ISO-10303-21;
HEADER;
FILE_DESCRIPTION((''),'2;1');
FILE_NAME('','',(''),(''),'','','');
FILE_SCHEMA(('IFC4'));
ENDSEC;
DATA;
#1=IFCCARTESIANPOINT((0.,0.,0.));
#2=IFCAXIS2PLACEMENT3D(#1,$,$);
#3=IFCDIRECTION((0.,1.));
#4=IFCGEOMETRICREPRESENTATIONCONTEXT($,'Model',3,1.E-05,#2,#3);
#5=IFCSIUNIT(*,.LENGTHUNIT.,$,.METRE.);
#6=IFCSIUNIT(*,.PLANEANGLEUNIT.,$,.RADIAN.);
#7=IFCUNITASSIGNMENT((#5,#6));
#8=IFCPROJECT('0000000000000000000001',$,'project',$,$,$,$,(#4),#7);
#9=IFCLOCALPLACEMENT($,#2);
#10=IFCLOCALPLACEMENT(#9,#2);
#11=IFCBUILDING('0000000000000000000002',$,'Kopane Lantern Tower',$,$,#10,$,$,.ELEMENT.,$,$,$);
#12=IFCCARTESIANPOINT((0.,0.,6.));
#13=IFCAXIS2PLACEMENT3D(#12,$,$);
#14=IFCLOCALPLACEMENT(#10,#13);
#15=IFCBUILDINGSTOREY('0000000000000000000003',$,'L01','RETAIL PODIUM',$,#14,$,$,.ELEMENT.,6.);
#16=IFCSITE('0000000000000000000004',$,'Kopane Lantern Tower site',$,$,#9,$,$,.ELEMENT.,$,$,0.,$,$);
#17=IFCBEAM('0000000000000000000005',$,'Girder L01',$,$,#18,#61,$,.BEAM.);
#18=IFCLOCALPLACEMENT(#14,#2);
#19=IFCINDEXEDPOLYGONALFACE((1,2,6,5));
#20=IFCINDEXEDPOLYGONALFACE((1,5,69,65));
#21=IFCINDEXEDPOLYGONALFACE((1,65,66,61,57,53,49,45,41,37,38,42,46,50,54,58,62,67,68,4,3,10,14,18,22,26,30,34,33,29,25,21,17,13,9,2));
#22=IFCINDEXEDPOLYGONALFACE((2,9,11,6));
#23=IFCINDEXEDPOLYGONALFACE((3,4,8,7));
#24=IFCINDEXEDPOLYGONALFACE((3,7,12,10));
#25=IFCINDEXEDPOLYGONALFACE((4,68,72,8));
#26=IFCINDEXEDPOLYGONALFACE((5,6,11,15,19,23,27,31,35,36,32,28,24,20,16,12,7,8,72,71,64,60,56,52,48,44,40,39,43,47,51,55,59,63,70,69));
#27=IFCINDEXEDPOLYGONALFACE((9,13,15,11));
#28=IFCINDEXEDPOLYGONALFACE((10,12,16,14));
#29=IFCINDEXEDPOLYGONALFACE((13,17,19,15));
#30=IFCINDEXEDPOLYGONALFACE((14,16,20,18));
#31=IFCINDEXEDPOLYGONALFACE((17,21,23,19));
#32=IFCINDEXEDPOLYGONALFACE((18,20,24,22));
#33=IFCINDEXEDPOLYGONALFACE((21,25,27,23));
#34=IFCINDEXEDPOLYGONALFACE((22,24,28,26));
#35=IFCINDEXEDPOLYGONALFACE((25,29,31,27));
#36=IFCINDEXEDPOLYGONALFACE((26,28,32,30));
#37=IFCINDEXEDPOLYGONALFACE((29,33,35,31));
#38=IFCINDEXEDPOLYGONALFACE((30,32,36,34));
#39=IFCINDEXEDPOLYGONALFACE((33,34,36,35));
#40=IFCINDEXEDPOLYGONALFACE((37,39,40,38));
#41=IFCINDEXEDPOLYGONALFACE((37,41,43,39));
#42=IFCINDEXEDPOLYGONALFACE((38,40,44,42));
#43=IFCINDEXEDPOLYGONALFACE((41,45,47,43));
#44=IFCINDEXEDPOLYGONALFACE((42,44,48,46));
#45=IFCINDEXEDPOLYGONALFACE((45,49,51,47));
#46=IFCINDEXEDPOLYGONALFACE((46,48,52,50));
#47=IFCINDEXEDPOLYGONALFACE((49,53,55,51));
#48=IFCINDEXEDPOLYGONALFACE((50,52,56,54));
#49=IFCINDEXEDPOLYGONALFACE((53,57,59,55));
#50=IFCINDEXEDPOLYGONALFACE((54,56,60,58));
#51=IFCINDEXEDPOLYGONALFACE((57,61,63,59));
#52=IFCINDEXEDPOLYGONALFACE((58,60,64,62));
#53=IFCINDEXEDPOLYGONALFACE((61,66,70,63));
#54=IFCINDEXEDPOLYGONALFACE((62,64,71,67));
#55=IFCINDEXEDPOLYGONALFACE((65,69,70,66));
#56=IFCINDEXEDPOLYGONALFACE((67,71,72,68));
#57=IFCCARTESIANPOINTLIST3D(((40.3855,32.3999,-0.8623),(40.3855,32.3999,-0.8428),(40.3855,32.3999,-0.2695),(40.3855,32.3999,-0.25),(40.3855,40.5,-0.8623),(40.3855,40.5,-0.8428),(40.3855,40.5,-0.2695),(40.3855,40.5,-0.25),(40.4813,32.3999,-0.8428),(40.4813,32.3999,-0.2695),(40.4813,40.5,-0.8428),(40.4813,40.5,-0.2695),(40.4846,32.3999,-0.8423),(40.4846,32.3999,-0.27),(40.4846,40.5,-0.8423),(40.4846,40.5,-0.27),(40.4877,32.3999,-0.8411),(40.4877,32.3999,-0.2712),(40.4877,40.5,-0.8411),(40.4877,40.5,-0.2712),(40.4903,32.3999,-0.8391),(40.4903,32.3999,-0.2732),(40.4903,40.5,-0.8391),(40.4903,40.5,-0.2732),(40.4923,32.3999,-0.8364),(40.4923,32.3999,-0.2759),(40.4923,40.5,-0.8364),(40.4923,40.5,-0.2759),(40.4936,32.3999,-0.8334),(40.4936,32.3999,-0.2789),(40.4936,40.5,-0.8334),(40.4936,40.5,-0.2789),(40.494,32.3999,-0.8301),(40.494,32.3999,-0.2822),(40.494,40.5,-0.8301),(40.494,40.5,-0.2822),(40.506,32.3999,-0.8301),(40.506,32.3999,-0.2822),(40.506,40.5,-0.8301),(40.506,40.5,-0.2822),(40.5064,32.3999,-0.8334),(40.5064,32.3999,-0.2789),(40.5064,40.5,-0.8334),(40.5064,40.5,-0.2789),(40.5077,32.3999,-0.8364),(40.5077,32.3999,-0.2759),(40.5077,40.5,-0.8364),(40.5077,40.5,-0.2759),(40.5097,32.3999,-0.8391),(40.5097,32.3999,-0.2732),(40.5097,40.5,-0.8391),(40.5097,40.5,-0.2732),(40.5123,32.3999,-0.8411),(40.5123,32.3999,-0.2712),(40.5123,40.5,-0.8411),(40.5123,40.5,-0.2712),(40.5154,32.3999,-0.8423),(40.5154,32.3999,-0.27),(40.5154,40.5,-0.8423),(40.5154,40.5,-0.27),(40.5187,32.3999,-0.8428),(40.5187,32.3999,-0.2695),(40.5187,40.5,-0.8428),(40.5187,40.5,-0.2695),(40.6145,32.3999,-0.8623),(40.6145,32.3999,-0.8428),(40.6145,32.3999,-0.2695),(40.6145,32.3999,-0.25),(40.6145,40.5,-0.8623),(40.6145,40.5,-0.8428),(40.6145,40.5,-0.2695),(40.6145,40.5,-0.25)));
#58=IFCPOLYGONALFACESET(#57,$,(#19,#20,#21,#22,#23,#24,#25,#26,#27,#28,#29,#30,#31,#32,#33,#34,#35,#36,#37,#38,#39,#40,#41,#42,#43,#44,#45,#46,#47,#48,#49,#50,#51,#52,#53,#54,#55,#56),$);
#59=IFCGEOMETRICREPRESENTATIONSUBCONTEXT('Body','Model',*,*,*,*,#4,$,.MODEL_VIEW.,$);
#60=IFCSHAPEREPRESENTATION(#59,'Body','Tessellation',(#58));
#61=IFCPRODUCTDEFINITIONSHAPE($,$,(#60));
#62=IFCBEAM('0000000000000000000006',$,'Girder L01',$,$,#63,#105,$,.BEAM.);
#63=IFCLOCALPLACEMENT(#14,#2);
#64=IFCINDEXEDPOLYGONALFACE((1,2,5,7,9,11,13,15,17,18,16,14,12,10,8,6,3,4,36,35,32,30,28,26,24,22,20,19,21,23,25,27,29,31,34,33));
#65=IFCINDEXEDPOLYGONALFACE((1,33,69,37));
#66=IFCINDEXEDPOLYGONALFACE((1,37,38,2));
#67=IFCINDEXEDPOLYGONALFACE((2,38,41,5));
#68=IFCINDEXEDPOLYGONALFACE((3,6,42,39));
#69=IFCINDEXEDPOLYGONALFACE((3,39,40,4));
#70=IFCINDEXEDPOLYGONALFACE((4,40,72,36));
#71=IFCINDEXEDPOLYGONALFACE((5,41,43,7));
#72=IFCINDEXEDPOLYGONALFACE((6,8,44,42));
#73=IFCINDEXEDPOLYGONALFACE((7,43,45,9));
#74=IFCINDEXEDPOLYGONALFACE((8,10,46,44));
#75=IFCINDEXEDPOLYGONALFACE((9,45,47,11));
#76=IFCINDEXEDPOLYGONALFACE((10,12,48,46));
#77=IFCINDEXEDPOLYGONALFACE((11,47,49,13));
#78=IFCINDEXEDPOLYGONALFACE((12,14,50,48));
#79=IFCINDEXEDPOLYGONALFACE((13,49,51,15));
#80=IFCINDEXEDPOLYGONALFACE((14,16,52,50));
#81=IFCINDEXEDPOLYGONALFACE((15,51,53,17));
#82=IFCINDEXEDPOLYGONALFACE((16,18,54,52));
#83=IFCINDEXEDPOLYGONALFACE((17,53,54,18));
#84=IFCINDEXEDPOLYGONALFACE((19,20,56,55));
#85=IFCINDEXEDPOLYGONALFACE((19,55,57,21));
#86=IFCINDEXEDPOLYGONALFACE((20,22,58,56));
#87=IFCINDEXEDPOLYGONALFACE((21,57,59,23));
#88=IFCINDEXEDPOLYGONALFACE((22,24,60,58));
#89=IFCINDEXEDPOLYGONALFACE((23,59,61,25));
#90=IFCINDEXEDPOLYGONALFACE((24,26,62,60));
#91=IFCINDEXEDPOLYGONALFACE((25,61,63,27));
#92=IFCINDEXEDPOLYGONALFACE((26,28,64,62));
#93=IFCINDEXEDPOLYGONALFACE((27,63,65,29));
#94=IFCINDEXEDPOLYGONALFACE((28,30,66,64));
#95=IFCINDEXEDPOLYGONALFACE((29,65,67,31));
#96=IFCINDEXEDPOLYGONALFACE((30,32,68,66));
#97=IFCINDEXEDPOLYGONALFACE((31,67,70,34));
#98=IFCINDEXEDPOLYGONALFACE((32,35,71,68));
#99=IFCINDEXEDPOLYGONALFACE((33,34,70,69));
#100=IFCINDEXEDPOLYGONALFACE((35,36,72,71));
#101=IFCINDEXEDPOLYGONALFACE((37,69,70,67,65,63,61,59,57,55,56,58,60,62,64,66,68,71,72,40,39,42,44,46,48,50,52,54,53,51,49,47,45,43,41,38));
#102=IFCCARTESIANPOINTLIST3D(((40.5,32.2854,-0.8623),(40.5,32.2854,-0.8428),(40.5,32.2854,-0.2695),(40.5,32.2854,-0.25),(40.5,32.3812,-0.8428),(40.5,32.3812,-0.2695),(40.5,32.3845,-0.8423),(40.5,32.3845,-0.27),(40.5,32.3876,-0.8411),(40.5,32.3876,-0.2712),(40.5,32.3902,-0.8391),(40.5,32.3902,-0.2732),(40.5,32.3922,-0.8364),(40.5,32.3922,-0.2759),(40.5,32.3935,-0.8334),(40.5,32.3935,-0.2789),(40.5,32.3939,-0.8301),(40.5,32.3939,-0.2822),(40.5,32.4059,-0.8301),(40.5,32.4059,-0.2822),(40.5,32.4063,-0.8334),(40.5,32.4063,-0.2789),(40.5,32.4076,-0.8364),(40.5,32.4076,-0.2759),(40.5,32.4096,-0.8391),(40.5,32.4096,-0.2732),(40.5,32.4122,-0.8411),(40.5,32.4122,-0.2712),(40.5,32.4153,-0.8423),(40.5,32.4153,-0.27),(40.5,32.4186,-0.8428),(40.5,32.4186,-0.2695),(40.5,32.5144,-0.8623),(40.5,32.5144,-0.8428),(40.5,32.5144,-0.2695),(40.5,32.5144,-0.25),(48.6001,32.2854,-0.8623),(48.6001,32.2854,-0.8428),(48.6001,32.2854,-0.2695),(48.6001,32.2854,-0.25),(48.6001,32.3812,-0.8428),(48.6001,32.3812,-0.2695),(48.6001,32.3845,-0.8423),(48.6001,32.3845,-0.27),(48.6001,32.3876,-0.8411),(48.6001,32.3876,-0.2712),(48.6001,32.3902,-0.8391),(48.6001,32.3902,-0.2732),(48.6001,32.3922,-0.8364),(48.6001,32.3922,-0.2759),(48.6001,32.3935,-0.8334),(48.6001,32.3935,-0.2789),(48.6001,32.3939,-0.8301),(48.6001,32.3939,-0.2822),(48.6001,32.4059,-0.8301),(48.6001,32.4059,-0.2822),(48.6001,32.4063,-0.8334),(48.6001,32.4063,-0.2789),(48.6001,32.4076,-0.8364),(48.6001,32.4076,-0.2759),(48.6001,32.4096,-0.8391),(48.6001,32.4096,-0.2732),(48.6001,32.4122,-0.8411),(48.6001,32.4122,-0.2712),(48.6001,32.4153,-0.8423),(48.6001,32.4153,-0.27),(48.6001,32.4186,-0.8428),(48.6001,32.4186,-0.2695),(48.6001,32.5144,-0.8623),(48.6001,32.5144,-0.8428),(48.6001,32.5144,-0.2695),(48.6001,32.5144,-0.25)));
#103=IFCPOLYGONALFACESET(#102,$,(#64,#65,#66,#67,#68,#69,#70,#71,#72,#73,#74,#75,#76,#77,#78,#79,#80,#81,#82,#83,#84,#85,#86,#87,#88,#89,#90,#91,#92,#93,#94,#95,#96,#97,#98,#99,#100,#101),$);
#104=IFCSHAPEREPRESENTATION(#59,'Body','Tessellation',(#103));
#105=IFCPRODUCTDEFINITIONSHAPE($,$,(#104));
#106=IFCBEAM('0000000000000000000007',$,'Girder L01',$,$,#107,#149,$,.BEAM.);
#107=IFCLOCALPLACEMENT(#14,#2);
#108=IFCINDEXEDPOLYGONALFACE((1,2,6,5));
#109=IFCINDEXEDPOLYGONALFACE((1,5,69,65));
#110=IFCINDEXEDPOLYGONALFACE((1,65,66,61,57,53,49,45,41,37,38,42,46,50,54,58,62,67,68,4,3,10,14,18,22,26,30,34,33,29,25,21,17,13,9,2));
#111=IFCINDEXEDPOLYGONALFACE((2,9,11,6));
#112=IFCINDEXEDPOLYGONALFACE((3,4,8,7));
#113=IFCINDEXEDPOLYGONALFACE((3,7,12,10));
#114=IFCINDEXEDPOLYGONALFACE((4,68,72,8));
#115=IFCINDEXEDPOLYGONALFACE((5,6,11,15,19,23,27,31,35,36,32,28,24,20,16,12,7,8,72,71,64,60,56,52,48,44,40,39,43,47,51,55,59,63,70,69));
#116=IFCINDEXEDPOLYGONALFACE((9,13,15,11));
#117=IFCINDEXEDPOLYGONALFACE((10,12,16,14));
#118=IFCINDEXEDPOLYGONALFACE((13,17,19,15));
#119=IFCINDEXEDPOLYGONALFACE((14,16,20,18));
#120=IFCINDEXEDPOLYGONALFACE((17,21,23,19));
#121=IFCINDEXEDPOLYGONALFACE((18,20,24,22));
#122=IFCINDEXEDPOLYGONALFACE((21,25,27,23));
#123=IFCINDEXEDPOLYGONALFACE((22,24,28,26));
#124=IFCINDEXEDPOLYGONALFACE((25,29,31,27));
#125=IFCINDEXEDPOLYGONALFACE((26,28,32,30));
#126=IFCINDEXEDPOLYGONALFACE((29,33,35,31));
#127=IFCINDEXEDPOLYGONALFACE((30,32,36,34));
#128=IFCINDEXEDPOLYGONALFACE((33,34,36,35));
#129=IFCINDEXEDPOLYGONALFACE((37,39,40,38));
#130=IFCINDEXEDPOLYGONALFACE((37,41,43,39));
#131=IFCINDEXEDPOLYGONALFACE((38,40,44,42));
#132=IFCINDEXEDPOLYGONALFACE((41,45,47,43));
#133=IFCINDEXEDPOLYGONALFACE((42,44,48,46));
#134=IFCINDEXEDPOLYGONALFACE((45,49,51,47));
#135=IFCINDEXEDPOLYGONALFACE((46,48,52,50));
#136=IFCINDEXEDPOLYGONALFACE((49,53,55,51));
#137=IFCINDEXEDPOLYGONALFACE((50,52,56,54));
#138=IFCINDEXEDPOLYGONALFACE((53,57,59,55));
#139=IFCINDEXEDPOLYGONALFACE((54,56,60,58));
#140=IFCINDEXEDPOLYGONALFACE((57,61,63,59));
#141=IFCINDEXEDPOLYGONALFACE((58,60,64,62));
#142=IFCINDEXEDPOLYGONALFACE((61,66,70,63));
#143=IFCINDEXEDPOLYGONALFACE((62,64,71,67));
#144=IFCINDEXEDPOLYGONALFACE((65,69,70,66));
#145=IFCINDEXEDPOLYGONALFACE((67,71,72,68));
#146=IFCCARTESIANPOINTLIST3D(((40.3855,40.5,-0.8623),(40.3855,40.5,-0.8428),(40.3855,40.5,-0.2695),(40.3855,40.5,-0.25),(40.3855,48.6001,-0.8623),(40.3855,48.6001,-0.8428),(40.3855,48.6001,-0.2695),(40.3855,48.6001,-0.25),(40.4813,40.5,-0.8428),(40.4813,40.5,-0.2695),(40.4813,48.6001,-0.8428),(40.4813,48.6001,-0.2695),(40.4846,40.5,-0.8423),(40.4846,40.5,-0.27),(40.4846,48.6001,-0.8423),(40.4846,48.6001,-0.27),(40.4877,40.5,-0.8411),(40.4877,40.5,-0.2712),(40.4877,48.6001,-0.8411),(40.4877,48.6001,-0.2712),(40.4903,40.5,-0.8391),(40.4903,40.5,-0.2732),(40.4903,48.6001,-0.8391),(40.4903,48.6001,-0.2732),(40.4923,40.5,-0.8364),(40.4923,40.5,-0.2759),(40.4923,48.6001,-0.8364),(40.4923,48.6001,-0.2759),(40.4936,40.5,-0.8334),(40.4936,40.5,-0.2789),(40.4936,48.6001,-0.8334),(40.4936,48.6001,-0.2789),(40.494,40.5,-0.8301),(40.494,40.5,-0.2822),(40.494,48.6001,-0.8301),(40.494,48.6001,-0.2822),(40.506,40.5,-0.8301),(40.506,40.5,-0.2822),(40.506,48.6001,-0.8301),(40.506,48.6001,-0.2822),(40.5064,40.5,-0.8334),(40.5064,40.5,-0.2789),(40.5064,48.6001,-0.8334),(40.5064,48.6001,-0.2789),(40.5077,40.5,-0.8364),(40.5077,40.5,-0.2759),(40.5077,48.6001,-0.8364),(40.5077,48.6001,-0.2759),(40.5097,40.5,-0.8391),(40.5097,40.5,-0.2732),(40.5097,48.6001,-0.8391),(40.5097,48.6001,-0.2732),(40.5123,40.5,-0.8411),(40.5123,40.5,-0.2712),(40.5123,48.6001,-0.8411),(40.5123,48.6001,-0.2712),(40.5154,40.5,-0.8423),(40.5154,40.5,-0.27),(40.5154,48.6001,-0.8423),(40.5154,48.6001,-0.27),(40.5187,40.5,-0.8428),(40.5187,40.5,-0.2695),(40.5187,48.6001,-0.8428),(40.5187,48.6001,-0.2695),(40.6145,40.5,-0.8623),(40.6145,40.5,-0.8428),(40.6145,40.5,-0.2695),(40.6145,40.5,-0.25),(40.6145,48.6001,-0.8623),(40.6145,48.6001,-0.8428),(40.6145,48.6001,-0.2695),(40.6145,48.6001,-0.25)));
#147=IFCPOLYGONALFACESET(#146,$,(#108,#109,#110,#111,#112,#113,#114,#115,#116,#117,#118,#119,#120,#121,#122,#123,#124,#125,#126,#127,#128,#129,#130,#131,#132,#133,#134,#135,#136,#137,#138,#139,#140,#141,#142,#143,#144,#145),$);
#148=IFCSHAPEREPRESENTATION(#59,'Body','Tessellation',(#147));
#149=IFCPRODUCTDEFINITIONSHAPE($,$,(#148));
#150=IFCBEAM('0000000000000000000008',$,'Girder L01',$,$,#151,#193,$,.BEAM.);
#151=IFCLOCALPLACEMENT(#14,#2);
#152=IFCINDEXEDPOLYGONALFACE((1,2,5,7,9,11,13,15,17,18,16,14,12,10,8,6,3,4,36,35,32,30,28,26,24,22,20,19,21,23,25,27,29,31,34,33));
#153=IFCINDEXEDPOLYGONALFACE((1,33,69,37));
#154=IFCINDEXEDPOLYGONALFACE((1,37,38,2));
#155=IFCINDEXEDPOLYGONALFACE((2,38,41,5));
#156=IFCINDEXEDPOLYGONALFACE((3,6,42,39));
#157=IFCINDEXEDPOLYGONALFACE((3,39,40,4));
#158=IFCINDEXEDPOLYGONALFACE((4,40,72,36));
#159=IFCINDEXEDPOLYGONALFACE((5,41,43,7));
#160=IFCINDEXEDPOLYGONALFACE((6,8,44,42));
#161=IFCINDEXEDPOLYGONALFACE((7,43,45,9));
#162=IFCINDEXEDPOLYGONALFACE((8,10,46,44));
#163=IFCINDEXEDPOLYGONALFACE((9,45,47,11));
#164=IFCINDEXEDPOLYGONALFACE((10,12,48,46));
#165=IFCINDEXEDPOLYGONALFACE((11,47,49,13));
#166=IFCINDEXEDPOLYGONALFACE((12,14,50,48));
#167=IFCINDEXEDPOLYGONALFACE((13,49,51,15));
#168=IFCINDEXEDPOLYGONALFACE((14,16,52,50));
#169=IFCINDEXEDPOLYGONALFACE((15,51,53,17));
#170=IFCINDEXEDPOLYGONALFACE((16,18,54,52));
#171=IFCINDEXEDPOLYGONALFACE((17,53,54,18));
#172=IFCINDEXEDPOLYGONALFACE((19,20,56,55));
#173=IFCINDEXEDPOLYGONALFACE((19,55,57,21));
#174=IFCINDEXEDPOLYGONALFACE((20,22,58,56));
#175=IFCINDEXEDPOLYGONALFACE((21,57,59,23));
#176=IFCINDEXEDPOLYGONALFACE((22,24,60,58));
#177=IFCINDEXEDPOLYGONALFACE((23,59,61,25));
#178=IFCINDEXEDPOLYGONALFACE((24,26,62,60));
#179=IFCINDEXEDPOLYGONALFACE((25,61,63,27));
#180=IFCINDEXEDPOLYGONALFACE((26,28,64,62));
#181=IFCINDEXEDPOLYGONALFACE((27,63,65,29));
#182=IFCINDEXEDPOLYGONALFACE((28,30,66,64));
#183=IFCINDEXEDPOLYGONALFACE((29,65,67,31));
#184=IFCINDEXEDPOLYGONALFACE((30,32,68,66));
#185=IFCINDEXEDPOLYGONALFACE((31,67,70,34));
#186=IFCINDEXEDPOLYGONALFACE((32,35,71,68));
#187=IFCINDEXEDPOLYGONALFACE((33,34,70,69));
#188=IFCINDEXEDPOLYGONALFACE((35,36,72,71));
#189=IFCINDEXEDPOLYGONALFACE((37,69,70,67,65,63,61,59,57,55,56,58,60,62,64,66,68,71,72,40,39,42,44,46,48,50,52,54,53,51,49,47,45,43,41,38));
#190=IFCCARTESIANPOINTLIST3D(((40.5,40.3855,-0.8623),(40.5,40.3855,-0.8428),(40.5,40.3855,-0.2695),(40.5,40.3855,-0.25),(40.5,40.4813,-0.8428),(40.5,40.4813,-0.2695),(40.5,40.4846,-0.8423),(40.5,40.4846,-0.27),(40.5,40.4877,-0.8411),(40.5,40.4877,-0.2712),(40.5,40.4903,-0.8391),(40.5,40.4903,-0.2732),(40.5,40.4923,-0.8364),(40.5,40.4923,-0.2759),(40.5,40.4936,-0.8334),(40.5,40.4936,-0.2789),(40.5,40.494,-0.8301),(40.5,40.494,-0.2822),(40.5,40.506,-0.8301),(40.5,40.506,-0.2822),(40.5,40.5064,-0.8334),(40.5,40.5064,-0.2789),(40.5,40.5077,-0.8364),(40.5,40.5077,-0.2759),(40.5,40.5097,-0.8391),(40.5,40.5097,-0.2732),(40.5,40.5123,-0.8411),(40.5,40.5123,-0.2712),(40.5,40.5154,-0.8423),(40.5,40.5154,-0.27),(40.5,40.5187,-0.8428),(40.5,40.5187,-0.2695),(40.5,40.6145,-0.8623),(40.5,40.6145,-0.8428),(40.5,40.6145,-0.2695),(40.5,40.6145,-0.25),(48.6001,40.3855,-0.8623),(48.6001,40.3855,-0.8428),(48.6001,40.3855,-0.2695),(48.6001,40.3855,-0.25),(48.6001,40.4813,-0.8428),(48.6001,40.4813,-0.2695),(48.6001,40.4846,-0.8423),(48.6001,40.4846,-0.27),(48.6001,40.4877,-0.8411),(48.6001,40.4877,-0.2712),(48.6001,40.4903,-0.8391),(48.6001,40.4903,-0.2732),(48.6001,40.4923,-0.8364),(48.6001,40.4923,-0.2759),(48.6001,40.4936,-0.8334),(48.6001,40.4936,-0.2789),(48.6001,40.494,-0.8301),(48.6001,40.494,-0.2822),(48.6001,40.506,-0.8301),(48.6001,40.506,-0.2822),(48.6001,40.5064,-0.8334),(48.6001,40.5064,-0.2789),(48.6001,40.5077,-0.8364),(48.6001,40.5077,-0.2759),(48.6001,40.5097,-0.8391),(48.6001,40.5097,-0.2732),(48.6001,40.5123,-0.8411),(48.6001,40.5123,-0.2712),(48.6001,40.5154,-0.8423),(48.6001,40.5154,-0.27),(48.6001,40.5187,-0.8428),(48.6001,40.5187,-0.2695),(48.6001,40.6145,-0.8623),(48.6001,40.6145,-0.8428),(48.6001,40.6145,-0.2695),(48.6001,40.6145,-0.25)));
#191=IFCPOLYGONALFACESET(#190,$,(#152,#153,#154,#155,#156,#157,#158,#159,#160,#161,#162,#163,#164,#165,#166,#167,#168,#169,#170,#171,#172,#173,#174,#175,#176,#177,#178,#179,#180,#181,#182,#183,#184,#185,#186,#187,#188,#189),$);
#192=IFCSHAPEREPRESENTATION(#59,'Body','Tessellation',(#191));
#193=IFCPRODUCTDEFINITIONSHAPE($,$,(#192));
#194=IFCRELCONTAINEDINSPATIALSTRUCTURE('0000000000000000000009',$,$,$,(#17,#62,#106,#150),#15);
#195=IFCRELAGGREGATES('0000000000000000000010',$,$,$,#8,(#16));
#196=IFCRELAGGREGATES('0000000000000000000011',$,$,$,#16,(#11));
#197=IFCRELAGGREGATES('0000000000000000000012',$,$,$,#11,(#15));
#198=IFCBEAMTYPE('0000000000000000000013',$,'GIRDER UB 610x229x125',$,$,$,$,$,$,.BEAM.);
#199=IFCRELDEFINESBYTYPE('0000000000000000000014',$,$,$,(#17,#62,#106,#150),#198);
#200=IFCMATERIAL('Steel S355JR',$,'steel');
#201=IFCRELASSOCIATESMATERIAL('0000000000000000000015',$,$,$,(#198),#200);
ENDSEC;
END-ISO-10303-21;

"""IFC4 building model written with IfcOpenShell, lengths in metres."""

from ifc_helpers import new_model, si_unit, direction, frame, origin, origin_2d, place, context, subcontext, project, spatial, i_section, extrude, material, material_profile, profile_set, type_object, element, save


model = new_model("IFC4")

# Units and contexts
model_context = context("Model", 3, precision=1e-05, world=origin(), true_north=direction((0.0, 1.0)))
body_context = subcontext(model_context, "Body", "Model", "MODEL_VIEW")
ifc_project = project(units=[si_unit("LENGTHUNIT", "METRE"), si_unit("PLANEANGLEUNIT", "RADIAN")], contexts=[model_context])

# Site, building, storey
site_placement = place(None, origin())
site = spatial("IfcSite", under=ifc_project, at=site_placement, Name="Kopane Lantern Tower site", CompositionType="ELEMENT", RefElevation=0.0)
building_placement = place(site_placement, origin())
building = spatial("IfcBuilding", under=site, at=building_placement, Name="Kopane Lantern Tower", CompositionType="ELEMENT")
storey_placement = place(building_placement, frame((0.0, 0.0, 6.0)))
storey = spatial("IfcBuildingStorey", under=building, at=storey_placement, Name="L01", Description="RETAIL PODIUM", CompositionType="ELEMENT", Elevation=6.0)

# Beams
ifc_material_1 = material(Name="Steel S355JR", Category="steel")
ifc_material_profile_1 = material_profile(ifc_material_1, i_section(OverallWidth=0.229, OverallDepth=0.6123, WebThickness=0.012, FlangeThickness=0.0195, FilletRadius=0.0127, at=origin_2d()), Name="UB 610x229x125")
ifc_profile_set_1 = profile_set([ifc_material_profile_1], Name="Steel S355JR")
beam_type = type_object("IfcBeamType", Name="GIRDER UB 610x229x125", PredefinedType="BEAM", material=ifc_profile_set_1)
for number, where, z_axis, x_axis, name in (
    (1, (40.5, 32.3999, -0.5562), (0.0, 1.0, 0.0), (-1.0, 0.0, 0.0), "Girder L01"),
    (2, (40.5, 32.3999, -0.5562), (1.0, 0.0, 0.0), (0.0, 1.0, 0.0), "Girder L01"),
    (3, (40.5, 40.5, -0.5562), (0.0, 1.0, 0.0), (-1.0, 0.0, 0.0), "Girder L01"),
    (4, (40.5, 40.5, -0.5562), (1.0, 0.0, 0.0), (0.0, 1.0, 0.0), "Girder L01"),
):
    element("IfcBeam", number, at=place(storey_placement, frame(where, z_axis=z_axis, x_axis=x_axis)), inside=storey, type_object=beam_type, Name=name, PredefinedType="BEAM", context=body_context, shape_type="SweptSolid", body=[
        extrude(i_section(OverallWidth=0.229, OverallDepth=0.6123, WebThickness=0.012, FlangeThickness=0.0195, FilletRadius=0.0127, at=origin_2d()), origin(), (0.0, 0.0, 1.0), 8.1001),
    ])

save(model, "model.ifc")
